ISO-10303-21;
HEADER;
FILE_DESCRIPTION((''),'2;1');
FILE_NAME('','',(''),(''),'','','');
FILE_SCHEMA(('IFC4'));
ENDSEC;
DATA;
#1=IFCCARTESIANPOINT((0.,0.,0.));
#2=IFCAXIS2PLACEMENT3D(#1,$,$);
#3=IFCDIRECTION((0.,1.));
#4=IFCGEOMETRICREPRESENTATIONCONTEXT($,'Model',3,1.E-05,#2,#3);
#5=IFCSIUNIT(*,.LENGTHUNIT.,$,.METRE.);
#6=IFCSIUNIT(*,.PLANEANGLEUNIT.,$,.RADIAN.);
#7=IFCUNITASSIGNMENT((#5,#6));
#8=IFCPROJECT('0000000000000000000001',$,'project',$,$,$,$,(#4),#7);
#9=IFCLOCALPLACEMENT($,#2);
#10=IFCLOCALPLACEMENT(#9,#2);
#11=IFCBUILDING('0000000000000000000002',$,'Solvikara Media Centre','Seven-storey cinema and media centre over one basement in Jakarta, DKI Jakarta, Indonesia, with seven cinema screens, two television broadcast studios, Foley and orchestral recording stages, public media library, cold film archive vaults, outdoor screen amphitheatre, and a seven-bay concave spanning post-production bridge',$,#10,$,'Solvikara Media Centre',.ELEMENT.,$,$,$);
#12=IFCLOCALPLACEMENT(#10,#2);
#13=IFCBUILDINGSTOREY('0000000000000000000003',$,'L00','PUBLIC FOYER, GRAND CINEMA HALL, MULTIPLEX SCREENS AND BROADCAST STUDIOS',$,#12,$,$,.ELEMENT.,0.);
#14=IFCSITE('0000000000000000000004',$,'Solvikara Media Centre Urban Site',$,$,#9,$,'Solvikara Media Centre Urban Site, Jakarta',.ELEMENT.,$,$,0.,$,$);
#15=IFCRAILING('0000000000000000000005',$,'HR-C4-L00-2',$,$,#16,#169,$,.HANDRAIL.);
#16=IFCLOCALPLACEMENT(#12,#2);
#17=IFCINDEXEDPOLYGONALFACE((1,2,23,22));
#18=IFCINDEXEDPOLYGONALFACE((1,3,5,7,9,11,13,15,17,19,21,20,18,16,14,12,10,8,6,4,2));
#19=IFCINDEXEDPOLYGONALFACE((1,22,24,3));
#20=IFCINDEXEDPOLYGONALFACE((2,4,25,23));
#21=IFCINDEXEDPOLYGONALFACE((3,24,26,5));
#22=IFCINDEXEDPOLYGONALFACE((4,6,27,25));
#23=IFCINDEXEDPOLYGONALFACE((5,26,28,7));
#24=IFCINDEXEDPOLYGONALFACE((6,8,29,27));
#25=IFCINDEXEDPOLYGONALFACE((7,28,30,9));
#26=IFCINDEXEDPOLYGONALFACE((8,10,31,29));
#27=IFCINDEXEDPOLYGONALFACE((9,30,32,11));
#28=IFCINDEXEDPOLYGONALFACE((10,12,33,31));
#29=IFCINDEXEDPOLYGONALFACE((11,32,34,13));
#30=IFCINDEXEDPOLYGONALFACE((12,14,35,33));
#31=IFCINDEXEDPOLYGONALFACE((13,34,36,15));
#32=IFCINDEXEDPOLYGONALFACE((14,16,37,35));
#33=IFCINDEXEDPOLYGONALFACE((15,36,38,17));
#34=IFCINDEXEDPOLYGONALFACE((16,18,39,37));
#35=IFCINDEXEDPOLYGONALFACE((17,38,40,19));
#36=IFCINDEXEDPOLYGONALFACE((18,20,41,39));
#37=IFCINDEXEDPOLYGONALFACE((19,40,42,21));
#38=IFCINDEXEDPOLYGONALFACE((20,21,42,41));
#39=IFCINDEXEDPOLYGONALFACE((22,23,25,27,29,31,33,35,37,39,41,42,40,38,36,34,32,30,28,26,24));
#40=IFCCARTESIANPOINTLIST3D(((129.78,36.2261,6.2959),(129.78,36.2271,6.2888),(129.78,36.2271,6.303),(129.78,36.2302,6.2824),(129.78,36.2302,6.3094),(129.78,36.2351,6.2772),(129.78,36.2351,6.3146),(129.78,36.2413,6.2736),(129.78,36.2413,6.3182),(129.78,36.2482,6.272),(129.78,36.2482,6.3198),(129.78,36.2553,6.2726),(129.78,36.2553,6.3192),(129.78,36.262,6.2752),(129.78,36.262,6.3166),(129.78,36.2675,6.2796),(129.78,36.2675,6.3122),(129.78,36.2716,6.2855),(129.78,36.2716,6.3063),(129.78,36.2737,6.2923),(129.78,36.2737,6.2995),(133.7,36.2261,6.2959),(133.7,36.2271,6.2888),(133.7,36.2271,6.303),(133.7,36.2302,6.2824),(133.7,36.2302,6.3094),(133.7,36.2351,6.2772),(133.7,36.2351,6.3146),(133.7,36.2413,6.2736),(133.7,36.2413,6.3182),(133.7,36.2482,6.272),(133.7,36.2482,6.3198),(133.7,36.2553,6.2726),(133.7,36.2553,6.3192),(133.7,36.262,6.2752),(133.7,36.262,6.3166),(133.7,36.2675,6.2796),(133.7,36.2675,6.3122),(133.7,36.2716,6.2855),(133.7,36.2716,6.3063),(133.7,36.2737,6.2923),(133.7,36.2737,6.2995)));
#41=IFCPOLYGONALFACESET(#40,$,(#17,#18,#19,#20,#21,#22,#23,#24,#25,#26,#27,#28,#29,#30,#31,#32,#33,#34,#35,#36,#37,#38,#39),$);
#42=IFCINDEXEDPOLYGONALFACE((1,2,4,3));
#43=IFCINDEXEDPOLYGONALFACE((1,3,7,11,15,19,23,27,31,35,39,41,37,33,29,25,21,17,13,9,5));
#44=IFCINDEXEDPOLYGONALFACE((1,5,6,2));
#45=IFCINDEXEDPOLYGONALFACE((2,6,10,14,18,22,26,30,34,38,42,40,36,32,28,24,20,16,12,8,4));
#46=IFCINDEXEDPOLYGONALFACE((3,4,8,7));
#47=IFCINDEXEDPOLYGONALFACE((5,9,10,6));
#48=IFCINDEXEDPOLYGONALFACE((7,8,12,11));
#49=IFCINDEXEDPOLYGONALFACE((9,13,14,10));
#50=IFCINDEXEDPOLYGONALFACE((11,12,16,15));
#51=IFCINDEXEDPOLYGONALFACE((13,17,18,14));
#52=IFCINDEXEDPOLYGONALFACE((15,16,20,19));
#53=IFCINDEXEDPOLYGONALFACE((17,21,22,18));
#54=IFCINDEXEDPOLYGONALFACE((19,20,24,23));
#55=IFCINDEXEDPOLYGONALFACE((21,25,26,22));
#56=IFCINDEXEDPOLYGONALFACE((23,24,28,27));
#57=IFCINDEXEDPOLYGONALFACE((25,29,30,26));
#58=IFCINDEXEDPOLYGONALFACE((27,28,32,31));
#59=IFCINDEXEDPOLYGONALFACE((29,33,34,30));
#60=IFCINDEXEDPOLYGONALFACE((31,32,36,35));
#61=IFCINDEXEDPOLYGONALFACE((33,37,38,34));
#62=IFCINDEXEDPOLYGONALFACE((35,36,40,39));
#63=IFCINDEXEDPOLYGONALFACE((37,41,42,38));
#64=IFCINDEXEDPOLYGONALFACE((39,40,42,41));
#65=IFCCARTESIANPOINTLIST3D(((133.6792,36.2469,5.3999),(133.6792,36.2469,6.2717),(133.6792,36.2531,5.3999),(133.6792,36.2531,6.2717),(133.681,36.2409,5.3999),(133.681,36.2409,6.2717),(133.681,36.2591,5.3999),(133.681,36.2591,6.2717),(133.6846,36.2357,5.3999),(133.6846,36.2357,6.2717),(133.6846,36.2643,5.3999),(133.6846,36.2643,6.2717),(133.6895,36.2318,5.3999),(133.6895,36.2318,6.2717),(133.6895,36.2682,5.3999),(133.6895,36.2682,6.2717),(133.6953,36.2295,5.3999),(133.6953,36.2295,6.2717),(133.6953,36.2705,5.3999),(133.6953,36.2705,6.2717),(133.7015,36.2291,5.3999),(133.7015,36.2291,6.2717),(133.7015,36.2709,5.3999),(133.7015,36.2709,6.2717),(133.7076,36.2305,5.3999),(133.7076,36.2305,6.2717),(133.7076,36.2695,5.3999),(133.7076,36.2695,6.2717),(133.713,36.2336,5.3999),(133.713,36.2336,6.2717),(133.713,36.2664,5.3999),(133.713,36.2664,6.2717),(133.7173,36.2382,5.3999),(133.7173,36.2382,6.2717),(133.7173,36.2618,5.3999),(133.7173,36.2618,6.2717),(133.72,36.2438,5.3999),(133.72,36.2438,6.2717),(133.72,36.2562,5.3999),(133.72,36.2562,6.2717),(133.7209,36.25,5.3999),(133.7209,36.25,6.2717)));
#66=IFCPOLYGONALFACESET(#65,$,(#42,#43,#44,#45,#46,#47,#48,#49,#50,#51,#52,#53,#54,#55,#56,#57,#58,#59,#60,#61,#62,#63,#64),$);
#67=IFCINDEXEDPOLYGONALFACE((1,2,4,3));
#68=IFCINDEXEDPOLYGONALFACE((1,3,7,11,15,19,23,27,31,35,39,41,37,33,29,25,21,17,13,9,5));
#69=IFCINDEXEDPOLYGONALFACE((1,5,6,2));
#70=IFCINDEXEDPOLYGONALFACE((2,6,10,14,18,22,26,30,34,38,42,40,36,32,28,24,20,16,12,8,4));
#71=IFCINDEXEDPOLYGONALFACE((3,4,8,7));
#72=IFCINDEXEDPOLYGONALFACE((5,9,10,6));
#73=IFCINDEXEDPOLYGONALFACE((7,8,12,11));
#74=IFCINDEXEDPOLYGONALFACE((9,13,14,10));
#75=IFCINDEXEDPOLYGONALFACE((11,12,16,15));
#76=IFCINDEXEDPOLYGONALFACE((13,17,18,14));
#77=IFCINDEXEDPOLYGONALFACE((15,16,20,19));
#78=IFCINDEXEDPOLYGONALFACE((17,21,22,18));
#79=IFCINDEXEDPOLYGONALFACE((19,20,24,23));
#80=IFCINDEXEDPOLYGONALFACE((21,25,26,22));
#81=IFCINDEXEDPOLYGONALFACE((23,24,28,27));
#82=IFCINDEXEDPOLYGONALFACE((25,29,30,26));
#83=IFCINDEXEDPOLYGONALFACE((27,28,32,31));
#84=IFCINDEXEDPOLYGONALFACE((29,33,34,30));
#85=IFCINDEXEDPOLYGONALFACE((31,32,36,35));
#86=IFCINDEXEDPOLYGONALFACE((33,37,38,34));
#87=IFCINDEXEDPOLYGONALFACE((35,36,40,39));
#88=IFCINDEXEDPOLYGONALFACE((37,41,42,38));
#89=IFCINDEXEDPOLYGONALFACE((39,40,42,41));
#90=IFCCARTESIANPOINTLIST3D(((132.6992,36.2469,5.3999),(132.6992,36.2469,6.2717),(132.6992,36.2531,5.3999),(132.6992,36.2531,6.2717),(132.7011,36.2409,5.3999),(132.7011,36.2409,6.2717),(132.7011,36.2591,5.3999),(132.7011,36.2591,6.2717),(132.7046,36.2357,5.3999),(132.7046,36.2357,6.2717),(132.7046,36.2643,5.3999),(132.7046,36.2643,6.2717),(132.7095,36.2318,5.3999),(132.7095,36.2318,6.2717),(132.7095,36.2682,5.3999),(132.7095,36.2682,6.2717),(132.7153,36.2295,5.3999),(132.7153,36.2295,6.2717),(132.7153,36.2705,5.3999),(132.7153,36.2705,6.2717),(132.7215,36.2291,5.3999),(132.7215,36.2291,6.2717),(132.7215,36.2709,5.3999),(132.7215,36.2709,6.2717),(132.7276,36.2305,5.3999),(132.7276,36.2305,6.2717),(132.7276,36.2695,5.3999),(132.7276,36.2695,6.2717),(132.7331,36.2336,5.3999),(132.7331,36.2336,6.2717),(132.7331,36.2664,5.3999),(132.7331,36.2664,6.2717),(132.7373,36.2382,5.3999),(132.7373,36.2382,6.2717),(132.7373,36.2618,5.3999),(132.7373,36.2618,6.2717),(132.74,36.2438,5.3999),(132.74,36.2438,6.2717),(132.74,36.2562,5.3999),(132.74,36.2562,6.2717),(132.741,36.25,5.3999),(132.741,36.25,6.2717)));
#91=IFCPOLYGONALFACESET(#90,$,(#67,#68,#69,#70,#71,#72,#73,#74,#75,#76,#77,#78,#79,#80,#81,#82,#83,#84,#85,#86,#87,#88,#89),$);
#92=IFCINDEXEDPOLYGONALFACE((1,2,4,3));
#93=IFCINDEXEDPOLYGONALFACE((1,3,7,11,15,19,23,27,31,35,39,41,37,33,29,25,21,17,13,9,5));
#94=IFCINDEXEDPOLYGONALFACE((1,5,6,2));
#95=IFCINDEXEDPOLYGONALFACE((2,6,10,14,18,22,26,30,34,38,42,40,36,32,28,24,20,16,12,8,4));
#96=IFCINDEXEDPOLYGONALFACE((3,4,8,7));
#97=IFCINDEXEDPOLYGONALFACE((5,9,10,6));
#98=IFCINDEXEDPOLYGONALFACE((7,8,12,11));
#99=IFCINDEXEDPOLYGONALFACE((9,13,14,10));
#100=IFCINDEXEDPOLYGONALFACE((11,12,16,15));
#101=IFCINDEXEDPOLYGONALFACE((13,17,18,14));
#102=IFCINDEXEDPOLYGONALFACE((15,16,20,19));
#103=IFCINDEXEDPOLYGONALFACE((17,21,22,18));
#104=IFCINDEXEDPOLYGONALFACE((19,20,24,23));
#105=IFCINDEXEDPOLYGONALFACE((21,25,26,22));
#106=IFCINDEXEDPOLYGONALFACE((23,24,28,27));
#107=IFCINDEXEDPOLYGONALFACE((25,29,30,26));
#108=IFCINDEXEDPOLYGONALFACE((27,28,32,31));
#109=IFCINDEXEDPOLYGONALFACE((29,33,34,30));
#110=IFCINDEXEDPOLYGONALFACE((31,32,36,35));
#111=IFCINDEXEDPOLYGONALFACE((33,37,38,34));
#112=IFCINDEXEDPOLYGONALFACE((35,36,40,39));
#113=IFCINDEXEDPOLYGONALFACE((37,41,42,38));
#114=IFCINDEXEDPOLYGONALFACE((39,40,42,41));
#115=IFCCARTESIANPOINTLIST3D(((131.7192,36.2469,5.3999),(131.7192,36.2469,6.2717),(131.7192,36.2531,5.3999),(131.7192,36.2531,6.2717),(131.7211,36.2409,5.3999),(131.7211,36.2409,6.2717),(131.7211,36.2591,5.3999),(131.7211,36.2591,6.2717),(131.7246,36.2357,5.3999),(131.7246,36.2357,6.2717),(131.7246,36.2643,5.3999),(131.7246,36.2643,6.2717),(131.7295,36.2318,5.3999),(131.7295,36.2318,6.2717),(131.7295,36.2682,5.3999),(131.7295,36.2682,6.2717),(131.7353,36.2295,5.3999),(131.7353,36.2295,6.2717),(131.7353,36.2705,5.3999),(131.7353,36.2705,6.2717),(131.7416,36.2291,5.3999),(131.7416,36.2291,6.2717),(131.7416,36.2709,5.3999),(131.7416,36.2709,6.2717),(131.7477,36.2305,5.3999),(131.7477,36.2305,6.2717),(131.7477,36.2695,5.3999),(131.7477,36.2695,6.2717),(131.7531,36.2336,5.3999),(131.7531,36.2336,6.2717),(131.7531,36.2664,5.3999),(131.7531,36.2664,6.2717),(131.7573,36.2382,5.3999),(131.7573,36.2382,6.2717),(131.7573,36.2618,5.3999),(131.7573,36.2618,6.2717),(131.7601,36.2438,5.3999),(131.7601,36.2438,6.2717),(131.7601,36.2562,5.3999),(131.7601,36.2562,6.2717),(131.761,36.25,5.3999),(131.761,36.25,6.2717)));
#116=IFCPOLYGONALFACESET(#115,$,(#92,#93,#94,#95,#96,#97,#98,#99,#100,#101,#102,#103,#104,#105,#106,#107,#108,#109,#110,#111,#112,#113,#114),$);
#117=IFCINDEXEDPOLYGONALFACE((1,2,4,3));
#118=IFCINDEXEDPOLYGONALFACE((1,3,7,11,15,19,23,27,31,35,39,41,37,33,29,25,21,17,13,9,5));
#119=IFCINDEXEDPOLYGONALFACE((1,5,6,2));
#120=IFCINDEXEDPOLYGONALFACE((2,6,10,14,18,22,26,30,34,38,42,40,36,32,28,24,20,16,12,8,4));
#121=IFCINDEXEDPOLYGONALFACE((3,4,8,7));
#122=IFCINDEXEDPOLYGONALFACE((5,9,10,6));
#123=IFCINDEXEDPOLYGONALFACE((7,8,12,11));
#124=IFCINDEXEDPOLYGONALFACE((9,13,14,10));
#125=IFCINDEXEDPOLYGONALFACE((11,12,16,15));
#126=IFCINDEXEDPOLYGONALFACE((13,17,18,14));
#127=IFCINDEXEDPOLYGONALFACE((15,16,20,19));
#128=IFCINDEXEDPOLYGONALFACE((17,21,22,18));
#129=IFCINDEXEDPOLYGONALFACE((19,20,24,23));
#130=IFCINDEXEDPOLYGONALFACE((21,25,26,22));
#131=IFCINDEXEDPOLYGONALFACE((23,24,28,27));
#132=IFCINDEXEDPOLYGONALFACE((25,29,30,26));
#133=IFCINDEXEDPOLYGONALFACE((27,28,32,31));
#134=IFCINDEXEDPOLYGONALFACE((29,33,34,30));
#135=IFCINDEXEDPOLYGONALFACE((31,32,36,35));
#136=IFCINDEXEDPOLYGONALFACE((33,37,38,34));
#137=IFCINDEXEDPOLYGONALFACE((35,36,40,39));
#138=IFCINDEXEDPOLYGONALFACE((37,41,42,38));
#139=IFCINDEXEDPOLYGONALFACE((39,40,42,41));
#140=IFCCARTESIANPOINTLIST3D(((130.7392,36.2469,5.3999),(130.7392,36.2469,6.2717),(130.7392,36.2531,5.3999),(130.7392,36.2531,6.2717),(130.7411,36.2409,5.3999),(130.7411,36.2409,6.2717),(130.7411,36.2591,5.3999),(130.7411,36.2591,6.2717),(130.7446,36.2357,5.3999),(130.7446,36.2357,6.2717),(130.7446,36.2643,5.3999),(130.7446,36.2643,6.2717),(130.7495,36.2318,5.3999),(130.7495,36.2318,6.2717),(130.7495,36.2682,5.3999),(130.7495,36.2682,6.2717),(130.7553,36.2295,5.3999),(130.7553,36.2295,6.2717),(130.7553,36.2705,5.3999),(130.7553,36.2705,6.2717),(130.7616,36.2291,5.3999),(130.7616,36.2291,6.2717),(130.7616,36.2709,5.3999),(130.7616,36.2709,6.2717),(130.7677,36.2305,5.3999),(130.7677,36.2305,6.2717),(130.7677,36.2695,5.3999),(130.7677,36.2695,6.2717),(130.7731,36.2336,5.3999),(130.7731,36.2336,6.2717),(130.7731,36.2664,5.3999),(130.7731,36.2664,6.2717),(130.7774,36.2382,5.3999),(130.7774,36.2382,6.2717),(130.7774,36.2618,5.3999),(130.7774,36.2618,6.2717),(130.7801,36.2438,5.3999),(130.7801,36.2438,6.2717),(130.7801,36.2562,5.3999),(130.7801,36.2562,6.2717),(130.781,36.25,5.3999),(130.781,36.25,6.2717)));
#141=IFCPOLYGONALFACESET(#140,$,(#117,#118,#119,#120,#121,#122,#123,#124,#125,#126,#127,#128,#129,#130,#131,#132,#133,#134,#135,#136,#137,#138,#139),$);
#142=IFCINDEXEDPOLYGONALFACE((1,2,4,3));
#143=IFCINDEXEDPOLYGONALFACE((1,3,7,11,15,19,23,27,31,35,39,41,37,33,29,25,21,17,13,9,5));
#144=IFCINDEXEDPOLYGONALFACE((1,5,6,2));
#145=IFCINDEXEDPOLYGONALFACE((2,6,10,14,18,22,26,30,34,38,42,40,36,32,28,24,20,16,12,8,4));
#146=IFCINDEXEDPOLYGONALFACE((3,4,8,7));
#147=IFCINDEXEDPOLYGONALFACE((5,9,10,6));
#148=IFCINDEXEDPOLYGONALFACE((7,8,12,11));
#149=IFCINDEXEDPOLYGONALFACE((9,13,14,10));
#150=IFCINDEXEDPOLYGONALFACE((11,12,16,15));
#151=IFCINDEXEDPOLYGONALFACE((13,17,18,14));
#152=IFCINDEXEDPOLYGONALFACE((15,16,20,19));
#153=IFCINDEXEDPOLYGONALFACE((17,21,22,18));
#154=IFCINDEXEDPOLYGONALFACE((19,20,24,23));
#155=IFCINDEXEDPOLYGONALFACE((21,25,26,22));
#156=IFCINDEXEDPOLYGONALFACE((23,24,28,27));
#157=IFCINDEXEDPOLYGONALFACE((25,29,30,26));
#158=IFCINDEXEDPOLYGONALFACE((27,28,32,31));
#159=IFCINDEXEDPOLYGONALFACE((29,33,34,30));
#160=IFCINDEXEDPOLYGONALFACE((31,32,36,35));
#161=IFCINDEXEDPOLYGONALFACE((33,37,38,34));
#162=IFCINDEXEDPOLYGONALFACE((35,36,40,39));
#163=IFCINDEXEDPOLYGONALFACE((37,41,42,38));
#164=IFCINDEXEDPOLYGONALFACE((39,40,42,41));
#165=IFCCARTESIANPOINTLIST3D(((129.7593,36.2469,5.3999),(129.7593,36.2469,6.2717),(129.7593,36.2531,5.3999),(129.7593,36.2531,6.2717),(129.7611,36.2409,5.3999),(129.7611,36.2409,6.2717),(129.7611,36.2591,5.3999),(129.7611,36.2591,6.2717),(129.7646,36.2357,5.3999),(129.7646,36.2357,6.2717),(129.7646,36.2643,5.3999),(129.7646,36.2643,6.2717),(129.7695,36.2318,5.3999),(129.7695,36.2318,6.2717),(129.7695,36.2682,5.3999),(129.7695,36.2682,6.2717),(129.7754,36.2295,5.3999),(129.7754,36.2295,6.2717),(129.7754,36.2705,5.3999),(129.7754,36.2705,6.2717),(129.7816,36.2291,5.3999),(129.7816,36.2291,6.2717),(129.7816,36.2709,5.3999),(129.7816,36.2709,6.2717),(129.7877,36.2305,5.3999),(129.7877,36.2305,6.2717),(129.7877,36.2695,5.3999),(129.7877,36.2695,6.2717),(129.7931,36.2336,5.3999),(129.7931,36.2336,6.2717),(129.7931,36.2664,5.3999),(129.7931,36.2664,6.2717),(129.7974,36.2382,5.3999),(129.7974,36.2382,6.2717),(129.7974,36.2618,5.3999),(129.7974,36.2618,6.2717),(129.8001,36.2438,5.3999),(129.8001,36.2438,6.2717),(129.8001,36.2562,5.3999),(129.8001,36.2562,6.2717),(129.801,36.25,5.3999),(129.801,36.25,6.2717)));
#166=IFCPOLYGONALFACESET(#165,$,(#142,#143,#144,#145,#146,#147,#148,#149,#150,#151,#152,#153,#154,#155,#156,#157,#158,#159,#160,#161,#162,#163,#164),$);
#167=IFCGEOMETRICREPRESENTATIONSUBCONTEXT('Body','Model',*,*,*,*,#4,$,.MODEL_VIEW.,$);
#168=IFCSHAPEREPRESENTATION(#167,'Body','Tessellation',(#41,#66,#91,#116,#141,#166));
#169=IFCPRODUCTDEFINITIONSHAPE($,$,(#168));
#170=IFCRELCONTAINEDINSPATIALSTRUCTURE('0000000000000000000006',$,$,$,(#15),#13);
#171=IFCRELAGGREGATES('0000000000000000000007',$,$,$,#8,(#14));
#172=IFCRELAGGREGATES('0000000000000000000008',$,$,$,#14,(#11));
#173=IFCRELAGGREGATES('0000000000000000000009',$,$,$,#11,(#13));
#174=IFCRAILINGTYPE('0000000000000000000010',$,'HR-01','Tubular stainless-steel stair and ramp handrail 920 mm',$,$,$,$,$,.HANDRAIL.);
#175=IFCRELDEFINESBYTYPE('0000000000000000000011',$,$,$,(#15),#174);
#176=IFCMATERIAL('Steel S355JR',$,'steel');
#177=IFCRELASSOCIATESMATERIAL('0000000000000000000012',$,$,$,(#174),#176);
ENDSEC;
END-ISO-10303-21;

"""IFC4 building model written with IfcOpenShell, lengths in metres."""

from ifc_helpers import new_model, si_unit, direction, frame, origin, origin_2d, place, context, subcontext, project, spatial, circle, extrude, material, type_object, element, save


model = new_model("IFC4")

# Units and contexts
model_context = context("Model", 3, precision=1e-05, world=origin(), true_north=direction((0.0, 1.0)))
body_context = subcontext(model_context, "Body", "Model", "MODEL_VIEW")
ifc_project = project(units=[si_unit("LENGTHUNIT", "METRE"), si_unit("PLANEANGLEUNIT", "RADIAN")], contexts=[model_context])

# Site, building, storey
site_placement = place(None, origin())
site = spatial("IfcSite", under=ifc_project, at=site_placement, Name="Solvikara Media Centre Urban Site", LongName="Solvikara Media Centre Urban Site, Jakarta", CompositionType="ELEMENT", RefElevation=0.0)
building_placement = place(site_placement, origin())
building = spatial("IfcBuilding", under=site, at=building_placement, Name="Solvikara Media Centre", Description="Seven-storey cinema and media centre over one basement in Jakarta, DKI Jakarta, Indonesia, with seven cinema screens, two television broadcast studios, Foley and orchestral recording stages, public media library, cold film archive vaults, outdoor screen amphitheatre, and a seven-bay concave spanning post-production bridge", LongName="Solvikara Media Centre", CompositionType="ELEMENT")
storey_placement = place(building_placement, origin())
storey = spatial("IfcBuildingStorey", under=building, at=storey_placement, Name="L00", Description="PUBLIC FOYER, GRAND CINEMA HALL, MULTIPLEX SCREENS AND BROADCAST STUDIOS", CompositionType="ELEMENT", Elevation=0.0)

# Shared definitions
ifc_material_1 = material(Name="Steel S355JR", Category="steel")

# Railing
railing_type_1 = type_object("IfcRailingType", Name="HR-01", Description="Tubular stainless-steel stair and ramp handrail 920 mm", PredefinedType="HANDRAIL", material=ifc_material_1)
railing_1_placement = place(storey_placement, frame((133.7, 36.25, 5.3999)))
element("IfcRailing", 1, at=railing_1_placement, inside=storey, type_object=railing_type_1, Name="HR-C4-L00-2", PredefinedType="HANDRAIL", context=body_context, shape_type="SweptSolid", body=[
    extrude(circle(Radius=0.0239, at=origin_2d()), frame((0.0, 0.0, 0.896), z_axis=(-1.0, 0.0, 0.0), x_axis=(0.0, -1.0, 0.0)), (0.0, 0.0, 1.0), 3.9199),
    extrude(circle(Radius=0.021, at=origin_2d()), origin(), (0.0, 0.0, 1.0), 0.8718),
    extrude(circle(Radius=0.021, at=origin_2d()), frame((-0.98, 0.0, 0.0)), (0.0, 0.0, 1.0), 0.8718),
    extrude(circle(Radius=0.021, at=origin_2d()), frame((-1.96, 0.0, 0.0)), (0.0, 0.0, 1.0), 0.8718),
    extrude(circle(Radius=0.021, at=origin_2d()), frame((-2.9399, 0.0, 0.0)), (0.0, 0.0, 1.0), 0.8718),
    extrude(circle(Radius=0.021, at=origin_2d()), frame((-3.9199, 0.0, 0.0)), (0.0, 0.0, 1.0), 0.8718),
])

save(model, "model.ifc")
